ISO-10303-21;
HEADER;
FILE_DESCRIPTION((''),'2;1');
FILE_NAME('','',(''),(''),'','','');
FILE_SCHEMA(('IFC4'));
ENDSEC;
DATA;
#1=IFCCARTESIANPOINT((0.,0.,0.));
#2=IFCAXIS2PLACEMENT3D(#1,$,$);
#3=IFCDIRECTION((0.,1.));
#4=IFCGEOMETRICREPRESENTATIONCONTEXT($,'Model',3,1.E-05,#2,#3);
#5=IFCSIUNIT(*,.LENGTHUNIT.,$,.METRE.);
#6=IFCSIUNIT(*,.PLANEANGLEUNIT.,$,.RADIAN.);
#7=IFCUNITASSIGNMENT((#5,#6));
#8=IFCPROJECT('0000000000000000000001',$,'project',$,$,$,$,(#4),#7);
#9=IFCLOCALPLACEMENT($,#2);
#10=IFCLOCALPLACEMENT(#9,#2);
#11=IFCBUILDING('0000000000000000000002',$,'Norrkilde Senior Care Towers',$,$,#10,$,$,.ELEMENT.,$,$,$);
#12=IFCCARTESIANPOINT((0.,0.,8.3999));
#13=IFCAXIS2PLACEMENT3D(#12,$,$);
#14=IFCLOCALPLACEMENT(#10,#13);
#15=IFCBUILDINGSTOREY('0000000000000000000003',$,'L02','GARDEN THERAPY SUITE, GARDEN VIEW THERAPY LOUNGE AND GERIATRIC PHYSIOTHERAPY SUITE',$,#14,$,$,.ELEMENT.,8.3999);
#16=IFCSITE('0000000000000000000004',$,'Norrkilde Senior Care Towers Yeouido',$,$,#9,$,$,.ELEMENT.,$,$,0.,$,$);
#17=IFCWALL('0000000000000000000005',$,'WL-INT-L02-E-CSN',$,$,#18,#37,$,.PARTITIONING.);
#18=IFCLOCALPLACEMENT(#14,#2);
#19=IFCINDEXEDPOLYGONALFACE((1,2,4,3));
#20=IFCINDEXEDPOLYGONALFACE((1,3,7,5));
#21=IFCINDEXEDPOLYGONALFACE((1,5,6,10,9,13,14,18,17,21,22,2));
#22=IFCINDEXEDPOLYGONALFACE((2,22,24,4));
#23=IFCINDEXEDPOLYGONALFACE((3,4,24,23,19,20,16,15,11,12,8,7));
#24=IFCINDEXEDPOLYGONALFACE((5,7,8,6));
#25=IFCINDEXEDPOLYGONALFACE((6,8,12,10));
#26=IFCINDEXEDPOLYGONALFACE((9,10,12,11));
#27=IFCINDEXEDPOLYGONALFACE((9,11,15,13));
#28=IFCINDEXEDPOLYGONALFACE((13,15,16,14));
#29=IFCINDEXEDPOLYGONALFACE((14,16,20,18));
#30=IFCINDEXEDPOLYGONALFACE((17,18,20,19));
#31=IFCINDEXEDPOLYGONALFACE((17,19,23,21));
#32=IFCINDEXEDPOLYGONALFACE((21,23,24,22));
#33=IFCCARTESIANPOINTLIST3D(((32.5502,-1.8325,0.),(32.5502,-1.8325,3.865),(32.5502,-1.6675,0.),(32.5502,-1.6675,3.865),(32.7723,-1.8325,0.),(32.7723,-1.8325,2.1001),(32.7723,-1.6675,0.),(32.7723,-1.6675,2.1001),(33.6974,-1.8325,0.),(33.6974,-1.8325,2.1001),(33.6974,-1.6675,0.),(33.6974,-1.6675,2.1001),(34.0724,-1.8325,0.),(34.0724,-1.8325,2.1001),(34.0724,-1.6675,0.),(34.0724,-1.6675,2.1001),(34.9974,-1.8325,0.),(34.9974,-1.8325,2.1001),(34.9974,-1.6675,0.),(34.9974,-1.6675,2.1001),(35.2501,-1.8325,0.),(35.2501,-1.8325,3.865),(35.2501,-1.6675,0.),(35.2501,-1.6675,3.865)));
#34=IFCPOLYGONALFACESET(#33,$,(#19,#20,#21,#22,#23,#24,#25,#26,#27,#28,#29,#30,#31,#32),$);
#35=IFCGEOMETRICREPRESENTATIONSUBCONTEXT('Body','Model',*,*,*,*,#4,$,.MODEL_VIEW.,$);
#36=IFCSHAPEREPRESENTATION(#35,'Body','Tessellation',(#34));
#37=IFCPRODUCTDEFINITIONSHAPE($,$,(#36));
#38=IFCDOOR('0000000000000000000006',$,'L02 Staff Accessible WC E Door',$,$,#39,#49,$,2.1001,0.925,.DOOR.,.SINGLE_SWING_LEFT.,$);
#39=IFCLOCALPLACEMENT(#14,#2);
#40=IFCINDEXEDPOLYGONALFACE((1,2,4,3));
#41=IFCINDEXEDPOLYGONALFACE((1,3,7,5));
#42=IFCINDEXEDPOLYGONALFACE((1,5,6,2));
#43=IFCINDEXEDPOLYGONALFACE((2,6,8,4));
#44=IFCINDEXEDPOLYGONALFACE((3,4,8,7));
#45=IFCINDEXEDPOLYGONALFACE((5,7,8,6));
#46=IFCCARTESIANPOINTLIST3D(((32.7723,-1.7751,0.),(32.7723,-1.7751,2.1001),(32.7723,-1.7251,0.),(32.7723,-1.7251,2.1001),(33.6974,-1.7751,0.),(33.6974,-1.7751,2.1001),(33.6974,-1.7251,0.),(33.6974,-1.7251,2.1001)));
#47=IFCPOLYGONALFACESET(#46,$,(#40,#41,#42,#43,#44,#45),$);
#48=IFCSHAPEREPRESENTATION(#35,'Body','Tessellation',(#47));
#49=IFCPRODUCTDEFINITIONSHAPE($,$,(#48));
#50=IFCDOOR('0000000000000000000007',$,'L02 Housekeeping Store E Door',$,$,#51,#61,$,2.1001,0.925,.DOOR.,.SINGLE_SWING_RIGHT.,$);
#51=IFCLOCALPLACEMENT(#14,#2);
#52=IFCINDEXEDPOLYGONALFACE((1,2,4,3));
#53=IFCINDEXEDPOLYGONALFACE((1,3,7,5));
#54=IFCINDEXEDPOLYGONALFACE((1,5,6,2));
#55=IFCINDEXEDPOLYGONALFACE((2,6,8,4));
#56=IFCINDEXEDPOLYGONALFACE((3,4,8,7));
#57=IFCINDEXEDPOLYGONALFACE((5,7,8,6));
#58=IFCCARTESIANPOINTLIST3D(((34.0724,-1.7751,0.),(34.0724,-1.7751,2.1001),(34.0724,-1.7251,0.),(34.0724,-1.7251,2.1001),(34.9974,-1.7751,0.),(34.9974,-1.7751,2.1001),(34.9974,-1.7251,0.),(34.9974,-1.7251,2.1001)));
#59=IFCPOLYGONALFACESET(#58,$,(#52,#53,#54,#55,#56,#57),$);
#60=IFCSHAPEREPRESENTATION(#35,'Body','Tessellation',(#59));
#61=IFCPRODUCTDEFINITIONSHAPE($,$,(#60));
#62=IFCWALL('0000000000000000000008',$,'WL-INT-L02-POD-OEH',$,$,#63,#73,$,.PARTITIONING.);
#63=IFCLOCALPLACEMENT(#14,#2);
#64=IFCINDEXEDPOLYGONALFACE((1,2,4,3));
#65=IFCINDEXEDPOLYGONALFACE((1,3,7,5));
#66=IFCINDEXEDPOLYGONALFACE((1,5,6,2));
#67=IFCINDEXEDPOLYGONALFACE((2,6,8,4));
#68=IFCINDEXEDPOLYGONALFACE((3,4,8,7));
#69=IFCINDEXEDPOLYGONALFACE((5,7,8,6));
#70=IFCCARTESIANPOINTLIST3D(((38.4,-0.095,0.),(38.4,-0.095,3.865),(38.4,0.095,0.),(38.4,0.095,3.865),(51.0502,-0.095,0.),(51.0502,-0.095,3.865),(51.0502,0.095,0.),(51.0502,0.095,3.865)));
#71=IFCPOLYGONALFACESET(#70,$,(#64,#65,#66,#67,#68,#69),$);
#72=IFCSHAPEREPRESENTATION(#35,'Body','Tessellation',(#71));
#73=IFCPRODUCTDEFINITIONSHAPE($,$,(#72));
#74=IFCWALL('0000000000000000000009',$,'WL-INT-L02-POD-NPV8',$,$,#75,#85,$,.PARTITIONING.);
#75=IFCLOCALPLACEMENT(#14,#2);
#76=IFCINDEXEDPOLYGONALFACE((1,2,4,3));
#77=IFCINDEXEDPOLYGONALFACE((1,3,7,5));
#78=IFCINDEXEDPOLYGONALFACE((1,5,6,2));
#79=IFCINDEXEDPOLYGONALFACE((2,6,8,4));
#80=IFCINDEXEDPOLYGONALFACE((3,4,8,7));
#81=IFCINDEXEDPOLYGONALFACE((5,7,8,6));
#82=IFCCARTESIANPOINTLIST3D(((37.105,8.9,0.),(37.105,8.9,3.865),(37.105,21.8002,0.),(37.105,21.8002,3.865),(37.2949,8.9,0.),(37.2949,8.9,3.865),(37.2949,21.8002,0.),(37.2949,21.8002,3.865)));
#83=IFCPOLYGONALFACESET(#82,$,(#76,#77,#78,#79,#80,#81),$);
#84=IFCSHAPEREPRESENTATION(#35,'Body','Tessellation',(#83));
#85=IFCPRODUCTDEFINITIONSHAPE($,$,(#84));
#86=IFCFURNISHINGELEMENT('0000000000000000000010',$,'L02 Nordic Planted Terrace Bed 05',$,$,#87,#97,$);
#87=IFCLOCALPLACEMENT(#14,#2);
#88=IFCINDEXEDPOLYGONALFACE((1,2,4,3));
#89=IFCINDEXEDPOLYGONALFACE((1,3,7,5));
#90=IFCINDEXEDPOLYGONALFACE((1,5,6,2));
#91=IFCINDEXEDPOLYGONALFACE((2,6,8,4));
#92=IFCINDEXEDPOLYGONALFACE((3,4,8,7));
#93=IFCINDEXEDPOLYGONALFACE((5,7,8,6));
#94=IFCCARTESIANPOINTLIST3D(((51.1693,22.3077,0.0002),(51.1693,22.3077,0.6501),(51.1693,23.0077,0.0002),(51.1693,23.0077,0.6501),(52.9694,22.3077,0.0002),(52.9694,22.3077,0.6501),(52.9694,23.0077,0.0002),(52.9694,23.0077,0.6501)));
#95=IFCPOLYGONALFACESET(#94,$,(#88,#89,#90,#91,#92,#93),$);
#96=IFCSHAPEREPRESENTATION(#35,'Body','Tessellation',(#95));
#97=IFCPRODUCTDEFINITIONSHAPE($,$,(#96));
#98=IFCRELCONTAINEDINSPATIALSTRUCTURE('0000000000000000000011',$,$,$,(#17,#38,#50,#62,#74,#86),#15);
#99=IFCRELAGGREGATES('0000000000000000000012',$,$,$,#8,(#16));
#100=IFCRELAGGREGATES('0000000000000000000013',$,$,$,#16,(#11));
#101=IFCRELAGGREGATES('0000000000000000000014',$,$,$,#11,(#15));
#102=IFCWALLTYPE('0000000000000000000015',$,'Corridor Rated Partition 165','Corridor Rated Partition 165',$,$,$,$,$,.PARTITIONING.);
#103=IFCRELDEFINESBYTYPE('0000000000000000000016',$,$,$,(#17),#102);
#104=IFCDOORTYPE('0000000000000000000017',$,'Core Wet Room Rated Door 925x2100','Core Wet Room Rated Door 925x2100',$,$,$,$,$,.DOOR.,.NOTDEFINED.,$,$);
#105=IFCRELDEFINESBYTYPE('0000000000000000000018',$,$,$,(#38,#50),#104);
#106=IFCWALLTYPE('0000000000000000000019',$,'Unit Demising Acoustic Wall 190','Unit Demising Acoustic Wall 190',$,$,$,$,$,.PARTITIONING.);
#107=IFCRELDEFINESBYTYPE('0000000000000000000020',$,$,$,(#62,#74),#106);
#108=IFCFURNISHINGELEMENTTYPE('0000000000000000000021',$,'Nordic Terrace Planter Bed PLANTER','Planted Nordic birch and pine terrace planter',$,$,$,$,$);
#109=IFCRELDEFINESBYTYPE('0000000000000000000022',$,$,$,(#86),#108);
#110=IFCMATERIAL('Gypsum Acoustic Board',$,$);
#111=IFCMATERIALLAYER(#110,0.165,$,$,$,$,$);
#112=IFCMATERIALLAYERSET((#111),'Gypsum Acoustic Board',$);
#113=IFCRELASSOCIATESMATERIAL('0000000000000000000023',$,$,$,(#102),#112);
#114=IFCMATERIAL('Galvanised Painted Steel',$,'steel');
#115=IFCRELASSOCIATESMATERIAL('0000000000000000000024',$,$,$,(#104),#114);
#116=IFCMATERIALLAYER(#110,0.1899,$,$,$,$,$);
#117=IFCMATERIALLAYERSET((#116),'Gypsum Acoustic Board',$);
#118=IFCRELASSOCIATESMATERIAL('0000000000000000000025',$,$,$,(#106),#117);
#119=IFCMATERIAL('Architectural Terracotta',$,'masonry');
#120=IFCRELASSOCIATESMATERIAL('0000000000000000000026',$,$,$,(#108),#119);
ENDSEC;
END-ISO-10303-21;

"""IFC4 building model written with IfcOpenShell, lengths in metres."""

from ifc_helpers import new_model, si_unit, direction, frame, frame_2d, origin, origin_2d, place, context, subcontext, project, spatial, rectangle, extrude, source, transform, mapped, material, layer, layer_set, type_object, type_shapes, element, fill, save


model = new_model("IFC4")

# Units and contexts
model_context = context("Model", 3, precision=1e-05, world=origin(), true_north=direction((0.0, 1.0)))
body_context = subcontext(model_context, "Body", "Model", "MODEL_VIEW")
ifc_project = project(units=[si_unit("LENGTHUNIT", "METRE"), si_unit("PLANEANGLEUNIT", "RADIAN")], contexts=[model_context])

# Site, building, storey
site_placement = place(None, origin())
site = spatial("IfcSite", under=ifc_project, at=site_placement, Name="Norrkilde Senior Care Towers Yeouido", CompositionType="ELEMENT", RefElevation=0.0)
building_placement = place(site_placement, origin())
building = spatial("IfcBuilding", under=site, at=building_placement, Name="Norrkilde Senior Care Towers", CompositionType="ELEMENT")
storey_placement = place(building_placement, frame((0.0, 0.0, 8.3999)))
storey = spatial("IfcBuildingStorey", under=building, at=storey_placement, Name="L02", Description="GARDEN THERAPY SUITE, GARDEN VIEW THERAPY LOUNGE AND GERIATRIC PHYSIOTHERAPY SUITE", CompositionType="ELEMENT", Elevation=8.3999)

# Shared definitions
ifc_material_1 = material(Name="Galvanised Painted Steel", Category="steel")

# Wall, openings, doors
ifc_material_2 = material(Name="Gypsum Acoustic Board")
ifc_layer_1 = layer(ifc_material_2, 0.165)
ifc_layer_set_1 = layer_set([ifc_layer_1], Name="Gypsum Acoustic Board")
wall_type_1 = type_object("IfcWallType", Name="Corridor Rated Partition 165", Description="Corridor Rated Partition 165", PredefinedType="PARTITIONING", material=ifc_layer_set_1)
shared_shape_1 = source(origin(), body_context, "Body", "SweptSolid", [
    extrude(rectangle(XDim=2.7, YDim=0.165, at=frame_2d((1.3501, 0.0))), origin(), (0.0, 0.0, 1.0), 3.865),
])
type_shapes(wall_type_1, [shared_shape_1])
wall_1_placement = place(storey_placement, frame((32.55, -1.75, 0.0), z_axis=(0.0, 0.0, 1.0), x_axis=(1.0, 0.0, 0.0)))
wall_1 = element("IfcWall", 1, at=wall_1_placement, inside=storey, type_object=wall_type_1, Name="WL-INT-L02-E-CSN", PredefinedType="PARTITIONING", context=body_context, shape_type="MappedRepresentation", body=[
    mapped(shared_shape_1, transform((0.0, 0.0, 0.0), x_axis=(1.0, 0.0, 0.0), y_axis=(0.0, 1.0, 0.0), z_axis=(0.0, 0.0, 1.0), scale=1.0)),
])
opening_1_placement = place(wall_1_placement, frame((0.2224, 0.0, 0.0)))
opening_1 = element("IfcOpeningElement", 2, at=opening_1_placement, cuts=wall_1, PredefinedType="OPENING", context=body_context, shape_type="SweptSolid", body=[
    extrude(rectangle(XDim=0.925, YDim=2.1001, at=frame_2d((0.4624, 1.05))), frame((0.0, 0.0925, 0.0), z_axis=(0.0, -1.0, 0.0), x_axis=(1.0, 0.0, 0.0)), (0.0, 0.0, 1.0), 0.1851),
])
opening_2_placement = place(wall_1_placement, frame((1.5225, 0.0, 0.0)))
opening_2 = element("IfcOpeningElement", 3, at=opening_2_placement, cuts=wall_1, PredefinedType="OPENING", context=body_context, shape_type="SweptSolid", body=[
    extrude(rectangle(XDim=0.925, YDim=2.1001, at=frame_2d((0.4624, 1.05))), frame((0.0, 0.0925, 0.0), z_axis=(0.0, -1.0, 0.0), x_axis=(1.0, 0.0, 0.0)), (0.0, 0.0, 1.0), 0.1851),
])
door_type_1 = type_object("IfcDoorType", Name="Core Wet Room Rated Door 925x2100", Description="Core Wet Room Rated Door 925x2100", OperationType="NOTDEFINED", PredefinedType="DOOR", material=ifc_material_1)
shared_shape_2 = source(origin(), body_context, "Body", "SweptSolid", [
    extrude(rectangle(XDim=0.925, YDim=2.1001, at=frame_2d((0.4624, 1.05))), frame((0.0, 0.0249, 0.0), z_axis=(0.0, -1.0, 0.0), x_axis=(1.0, 0.0, 0.0)), (0.0, 0.0, 1.0), 0.05),
])
type_shapes(door_type_1, [shared_shape_2])
door_1_placement = place(opening_1_placement, origin())
door_1 = element("IfcDoor", 4, at=door_1_placement, inside=storey, type_object=door_type_1, Name="L02 Staff Accessible WC E Door", OperationType="SINGLE_SWING_LEFT", OverallHeight=2.1001, OverallWidth=0.925, PredefinedType="DOOR", context=body_context, shape_type="MappedRepresentation", body=[
    mapped(shared_shape_2, transform((0.0, 0.0, 0.0), x_axis=(1.0, 0.0, 0.0), y_axis=(0.0, 1.0, 0.0), z_axis=(0.0, 0.0, 1.0), scale=1.0)),
])
fill(opening_1, door_1)
door_2_placement = place(opening_2_placement, origin())
door_2 = element("IfcDoor", 5, at=door_2_placement, inside=storey, type_object=door_type_1, Name="L02 Housekeeping Store E Door", OperationType="SINGLE_SWING_RIGHT", OverallHeight=2.1001, OverallWidth=0.925, PredefinedType="DOOR", context=body_context, shape_type="MappedRepresentation", body=[
    mapped(shared_shape_2, transform((0.0, 0.0, 0.0), x_axis=(1.0, 0.0, 0.0), y_axis=(0.0, 1.0, 0.0), z_axis=(0.0, 0.0, 1.0), scale=1.0)),
])
fill(opening_2, door_2)

# Walls
ifc_layer_2 = layer(ifc_material_2, 0.1899)
ifc_layer_set_2 = layer_set([ifc_layer_2], Name="Gypsum Acoustic Board")
wall_type_2 = type_object("IfcWallType", Name="Unit Demising Acoustic Wall 190", Description="Unit Demising Acoustic Wall 190", PredefinedType="PARTITIONING", material=ifc_layer_set_2)
shared_shape_3 = source(origin(), body_context, "Body", "SweptSolid", [
    extrude(rectangle(XDim=12.6501, YDim=0.1899, at=frame_2d((6.3252, 0.0))), origin(), (0.0, 0.0, 1.0), 3.865),
])
wall_2_placement = place(storey_placement, frame((38.3999, 0.0, 0.0), z_axis=(0.0, 0.0, 1.0), x_axis=(1.0, 0.0, 0.0)))
element("IfcWall", 6, at=wall_2_placement, inside=storey, type_object=wall_type_2, Name="WL-INT-L02-POD-OEH", PredefinedType="PARTITIONING", context=body_context, shape_type="MappedRepresentation", body=[
    mapped(shared_shape_3, transform((0.0, 0.0, 0.0), x_axis=(1.0, 0.0, 0.0), y_axis=(0.0, 1.0, 0.0), z_axis=(0.0, 0.0, 1.0), scale=1.0)),
])
shared_shape_4 = source(origin(), body_context, "Body", "SweptSolid", [
    extrude(rectangle(XDim=12.9001, YDim=0.1899, at=frame_2d((6.4502, 0.0))), origin(), (0.0, 0.0, 1.0), 3.865),
])
type_shapes(wall_type_2, [shared_shape_3, shared_shape_4])
wall_3_placement = place(storey_placement, frame((37.2, 8.8999, 0.0), z_axis=(0.0, 0.0, 1.0), x_axis=(0.0, 1.0, 0.0)))
element("IfcWall", 7, at=wall_3_placement, inside=storey, type_object=wall_type_2, Name="WL-INT-L02-POD-NPV8", PredefinedType="PARTITIONING", context=body_context, shape_type="MappedRepresentation", body=[
    mapped(shared_shape_4, transform((0.0, 0.0, 0.0), x_axis=(1.0, 0.0, 0.0), y_axis=(0.0, 1.0, 0.0), z_axis=(0.0, 0.0, 1.0), scale=1.0)),
])

# Furnishing element
ifc_material_3 = material(Name="Architectural Terracotta", Category="masonry")
furnishing_element_type = type_object("IfcFurnishingElementType", Name="Nordic Terrace Planter Bed PLANTER", Description="Planted Nordic birch and pine terrace planter", material=ifc_material_3)
shared_shape_5 = source(origin(), body_context, "Body", "SweptSolid", [
    extrude(rectangle(XDim=1.8, YDim=0.7, at=origin_2d()), origin(), (0.0, 0.0, 1.0), 0.6499),
])
type_shapes(furnishing_element_type, [shared_shape_5])
furnishing_placement = place(storey_placement, frame((52.0693, 22.6577, 0.0002), z_axis=(0.0, 0.0, 1.0), x_axis=(1.0, 0.0, 0.0)))
element("IfcFurnishingElement", 8, at=furnishing_placement, inside=storey, type_object=furnishing_element_type, Name="L02 Nordic Planted Terrace Bed 05", context=body_context, shape_type="MappedRepresentation", body=[
    mapped(shared_shape_5, transform((0.0, 0.0, 0.0), x_axis=(1.0, 0.0, 0.0), y_axis=(0.0, 1.0, 0.0), z_axis=(0.0, 0.0, 1.0), scale=1.0)),
])

save(model, "model.ifc")
